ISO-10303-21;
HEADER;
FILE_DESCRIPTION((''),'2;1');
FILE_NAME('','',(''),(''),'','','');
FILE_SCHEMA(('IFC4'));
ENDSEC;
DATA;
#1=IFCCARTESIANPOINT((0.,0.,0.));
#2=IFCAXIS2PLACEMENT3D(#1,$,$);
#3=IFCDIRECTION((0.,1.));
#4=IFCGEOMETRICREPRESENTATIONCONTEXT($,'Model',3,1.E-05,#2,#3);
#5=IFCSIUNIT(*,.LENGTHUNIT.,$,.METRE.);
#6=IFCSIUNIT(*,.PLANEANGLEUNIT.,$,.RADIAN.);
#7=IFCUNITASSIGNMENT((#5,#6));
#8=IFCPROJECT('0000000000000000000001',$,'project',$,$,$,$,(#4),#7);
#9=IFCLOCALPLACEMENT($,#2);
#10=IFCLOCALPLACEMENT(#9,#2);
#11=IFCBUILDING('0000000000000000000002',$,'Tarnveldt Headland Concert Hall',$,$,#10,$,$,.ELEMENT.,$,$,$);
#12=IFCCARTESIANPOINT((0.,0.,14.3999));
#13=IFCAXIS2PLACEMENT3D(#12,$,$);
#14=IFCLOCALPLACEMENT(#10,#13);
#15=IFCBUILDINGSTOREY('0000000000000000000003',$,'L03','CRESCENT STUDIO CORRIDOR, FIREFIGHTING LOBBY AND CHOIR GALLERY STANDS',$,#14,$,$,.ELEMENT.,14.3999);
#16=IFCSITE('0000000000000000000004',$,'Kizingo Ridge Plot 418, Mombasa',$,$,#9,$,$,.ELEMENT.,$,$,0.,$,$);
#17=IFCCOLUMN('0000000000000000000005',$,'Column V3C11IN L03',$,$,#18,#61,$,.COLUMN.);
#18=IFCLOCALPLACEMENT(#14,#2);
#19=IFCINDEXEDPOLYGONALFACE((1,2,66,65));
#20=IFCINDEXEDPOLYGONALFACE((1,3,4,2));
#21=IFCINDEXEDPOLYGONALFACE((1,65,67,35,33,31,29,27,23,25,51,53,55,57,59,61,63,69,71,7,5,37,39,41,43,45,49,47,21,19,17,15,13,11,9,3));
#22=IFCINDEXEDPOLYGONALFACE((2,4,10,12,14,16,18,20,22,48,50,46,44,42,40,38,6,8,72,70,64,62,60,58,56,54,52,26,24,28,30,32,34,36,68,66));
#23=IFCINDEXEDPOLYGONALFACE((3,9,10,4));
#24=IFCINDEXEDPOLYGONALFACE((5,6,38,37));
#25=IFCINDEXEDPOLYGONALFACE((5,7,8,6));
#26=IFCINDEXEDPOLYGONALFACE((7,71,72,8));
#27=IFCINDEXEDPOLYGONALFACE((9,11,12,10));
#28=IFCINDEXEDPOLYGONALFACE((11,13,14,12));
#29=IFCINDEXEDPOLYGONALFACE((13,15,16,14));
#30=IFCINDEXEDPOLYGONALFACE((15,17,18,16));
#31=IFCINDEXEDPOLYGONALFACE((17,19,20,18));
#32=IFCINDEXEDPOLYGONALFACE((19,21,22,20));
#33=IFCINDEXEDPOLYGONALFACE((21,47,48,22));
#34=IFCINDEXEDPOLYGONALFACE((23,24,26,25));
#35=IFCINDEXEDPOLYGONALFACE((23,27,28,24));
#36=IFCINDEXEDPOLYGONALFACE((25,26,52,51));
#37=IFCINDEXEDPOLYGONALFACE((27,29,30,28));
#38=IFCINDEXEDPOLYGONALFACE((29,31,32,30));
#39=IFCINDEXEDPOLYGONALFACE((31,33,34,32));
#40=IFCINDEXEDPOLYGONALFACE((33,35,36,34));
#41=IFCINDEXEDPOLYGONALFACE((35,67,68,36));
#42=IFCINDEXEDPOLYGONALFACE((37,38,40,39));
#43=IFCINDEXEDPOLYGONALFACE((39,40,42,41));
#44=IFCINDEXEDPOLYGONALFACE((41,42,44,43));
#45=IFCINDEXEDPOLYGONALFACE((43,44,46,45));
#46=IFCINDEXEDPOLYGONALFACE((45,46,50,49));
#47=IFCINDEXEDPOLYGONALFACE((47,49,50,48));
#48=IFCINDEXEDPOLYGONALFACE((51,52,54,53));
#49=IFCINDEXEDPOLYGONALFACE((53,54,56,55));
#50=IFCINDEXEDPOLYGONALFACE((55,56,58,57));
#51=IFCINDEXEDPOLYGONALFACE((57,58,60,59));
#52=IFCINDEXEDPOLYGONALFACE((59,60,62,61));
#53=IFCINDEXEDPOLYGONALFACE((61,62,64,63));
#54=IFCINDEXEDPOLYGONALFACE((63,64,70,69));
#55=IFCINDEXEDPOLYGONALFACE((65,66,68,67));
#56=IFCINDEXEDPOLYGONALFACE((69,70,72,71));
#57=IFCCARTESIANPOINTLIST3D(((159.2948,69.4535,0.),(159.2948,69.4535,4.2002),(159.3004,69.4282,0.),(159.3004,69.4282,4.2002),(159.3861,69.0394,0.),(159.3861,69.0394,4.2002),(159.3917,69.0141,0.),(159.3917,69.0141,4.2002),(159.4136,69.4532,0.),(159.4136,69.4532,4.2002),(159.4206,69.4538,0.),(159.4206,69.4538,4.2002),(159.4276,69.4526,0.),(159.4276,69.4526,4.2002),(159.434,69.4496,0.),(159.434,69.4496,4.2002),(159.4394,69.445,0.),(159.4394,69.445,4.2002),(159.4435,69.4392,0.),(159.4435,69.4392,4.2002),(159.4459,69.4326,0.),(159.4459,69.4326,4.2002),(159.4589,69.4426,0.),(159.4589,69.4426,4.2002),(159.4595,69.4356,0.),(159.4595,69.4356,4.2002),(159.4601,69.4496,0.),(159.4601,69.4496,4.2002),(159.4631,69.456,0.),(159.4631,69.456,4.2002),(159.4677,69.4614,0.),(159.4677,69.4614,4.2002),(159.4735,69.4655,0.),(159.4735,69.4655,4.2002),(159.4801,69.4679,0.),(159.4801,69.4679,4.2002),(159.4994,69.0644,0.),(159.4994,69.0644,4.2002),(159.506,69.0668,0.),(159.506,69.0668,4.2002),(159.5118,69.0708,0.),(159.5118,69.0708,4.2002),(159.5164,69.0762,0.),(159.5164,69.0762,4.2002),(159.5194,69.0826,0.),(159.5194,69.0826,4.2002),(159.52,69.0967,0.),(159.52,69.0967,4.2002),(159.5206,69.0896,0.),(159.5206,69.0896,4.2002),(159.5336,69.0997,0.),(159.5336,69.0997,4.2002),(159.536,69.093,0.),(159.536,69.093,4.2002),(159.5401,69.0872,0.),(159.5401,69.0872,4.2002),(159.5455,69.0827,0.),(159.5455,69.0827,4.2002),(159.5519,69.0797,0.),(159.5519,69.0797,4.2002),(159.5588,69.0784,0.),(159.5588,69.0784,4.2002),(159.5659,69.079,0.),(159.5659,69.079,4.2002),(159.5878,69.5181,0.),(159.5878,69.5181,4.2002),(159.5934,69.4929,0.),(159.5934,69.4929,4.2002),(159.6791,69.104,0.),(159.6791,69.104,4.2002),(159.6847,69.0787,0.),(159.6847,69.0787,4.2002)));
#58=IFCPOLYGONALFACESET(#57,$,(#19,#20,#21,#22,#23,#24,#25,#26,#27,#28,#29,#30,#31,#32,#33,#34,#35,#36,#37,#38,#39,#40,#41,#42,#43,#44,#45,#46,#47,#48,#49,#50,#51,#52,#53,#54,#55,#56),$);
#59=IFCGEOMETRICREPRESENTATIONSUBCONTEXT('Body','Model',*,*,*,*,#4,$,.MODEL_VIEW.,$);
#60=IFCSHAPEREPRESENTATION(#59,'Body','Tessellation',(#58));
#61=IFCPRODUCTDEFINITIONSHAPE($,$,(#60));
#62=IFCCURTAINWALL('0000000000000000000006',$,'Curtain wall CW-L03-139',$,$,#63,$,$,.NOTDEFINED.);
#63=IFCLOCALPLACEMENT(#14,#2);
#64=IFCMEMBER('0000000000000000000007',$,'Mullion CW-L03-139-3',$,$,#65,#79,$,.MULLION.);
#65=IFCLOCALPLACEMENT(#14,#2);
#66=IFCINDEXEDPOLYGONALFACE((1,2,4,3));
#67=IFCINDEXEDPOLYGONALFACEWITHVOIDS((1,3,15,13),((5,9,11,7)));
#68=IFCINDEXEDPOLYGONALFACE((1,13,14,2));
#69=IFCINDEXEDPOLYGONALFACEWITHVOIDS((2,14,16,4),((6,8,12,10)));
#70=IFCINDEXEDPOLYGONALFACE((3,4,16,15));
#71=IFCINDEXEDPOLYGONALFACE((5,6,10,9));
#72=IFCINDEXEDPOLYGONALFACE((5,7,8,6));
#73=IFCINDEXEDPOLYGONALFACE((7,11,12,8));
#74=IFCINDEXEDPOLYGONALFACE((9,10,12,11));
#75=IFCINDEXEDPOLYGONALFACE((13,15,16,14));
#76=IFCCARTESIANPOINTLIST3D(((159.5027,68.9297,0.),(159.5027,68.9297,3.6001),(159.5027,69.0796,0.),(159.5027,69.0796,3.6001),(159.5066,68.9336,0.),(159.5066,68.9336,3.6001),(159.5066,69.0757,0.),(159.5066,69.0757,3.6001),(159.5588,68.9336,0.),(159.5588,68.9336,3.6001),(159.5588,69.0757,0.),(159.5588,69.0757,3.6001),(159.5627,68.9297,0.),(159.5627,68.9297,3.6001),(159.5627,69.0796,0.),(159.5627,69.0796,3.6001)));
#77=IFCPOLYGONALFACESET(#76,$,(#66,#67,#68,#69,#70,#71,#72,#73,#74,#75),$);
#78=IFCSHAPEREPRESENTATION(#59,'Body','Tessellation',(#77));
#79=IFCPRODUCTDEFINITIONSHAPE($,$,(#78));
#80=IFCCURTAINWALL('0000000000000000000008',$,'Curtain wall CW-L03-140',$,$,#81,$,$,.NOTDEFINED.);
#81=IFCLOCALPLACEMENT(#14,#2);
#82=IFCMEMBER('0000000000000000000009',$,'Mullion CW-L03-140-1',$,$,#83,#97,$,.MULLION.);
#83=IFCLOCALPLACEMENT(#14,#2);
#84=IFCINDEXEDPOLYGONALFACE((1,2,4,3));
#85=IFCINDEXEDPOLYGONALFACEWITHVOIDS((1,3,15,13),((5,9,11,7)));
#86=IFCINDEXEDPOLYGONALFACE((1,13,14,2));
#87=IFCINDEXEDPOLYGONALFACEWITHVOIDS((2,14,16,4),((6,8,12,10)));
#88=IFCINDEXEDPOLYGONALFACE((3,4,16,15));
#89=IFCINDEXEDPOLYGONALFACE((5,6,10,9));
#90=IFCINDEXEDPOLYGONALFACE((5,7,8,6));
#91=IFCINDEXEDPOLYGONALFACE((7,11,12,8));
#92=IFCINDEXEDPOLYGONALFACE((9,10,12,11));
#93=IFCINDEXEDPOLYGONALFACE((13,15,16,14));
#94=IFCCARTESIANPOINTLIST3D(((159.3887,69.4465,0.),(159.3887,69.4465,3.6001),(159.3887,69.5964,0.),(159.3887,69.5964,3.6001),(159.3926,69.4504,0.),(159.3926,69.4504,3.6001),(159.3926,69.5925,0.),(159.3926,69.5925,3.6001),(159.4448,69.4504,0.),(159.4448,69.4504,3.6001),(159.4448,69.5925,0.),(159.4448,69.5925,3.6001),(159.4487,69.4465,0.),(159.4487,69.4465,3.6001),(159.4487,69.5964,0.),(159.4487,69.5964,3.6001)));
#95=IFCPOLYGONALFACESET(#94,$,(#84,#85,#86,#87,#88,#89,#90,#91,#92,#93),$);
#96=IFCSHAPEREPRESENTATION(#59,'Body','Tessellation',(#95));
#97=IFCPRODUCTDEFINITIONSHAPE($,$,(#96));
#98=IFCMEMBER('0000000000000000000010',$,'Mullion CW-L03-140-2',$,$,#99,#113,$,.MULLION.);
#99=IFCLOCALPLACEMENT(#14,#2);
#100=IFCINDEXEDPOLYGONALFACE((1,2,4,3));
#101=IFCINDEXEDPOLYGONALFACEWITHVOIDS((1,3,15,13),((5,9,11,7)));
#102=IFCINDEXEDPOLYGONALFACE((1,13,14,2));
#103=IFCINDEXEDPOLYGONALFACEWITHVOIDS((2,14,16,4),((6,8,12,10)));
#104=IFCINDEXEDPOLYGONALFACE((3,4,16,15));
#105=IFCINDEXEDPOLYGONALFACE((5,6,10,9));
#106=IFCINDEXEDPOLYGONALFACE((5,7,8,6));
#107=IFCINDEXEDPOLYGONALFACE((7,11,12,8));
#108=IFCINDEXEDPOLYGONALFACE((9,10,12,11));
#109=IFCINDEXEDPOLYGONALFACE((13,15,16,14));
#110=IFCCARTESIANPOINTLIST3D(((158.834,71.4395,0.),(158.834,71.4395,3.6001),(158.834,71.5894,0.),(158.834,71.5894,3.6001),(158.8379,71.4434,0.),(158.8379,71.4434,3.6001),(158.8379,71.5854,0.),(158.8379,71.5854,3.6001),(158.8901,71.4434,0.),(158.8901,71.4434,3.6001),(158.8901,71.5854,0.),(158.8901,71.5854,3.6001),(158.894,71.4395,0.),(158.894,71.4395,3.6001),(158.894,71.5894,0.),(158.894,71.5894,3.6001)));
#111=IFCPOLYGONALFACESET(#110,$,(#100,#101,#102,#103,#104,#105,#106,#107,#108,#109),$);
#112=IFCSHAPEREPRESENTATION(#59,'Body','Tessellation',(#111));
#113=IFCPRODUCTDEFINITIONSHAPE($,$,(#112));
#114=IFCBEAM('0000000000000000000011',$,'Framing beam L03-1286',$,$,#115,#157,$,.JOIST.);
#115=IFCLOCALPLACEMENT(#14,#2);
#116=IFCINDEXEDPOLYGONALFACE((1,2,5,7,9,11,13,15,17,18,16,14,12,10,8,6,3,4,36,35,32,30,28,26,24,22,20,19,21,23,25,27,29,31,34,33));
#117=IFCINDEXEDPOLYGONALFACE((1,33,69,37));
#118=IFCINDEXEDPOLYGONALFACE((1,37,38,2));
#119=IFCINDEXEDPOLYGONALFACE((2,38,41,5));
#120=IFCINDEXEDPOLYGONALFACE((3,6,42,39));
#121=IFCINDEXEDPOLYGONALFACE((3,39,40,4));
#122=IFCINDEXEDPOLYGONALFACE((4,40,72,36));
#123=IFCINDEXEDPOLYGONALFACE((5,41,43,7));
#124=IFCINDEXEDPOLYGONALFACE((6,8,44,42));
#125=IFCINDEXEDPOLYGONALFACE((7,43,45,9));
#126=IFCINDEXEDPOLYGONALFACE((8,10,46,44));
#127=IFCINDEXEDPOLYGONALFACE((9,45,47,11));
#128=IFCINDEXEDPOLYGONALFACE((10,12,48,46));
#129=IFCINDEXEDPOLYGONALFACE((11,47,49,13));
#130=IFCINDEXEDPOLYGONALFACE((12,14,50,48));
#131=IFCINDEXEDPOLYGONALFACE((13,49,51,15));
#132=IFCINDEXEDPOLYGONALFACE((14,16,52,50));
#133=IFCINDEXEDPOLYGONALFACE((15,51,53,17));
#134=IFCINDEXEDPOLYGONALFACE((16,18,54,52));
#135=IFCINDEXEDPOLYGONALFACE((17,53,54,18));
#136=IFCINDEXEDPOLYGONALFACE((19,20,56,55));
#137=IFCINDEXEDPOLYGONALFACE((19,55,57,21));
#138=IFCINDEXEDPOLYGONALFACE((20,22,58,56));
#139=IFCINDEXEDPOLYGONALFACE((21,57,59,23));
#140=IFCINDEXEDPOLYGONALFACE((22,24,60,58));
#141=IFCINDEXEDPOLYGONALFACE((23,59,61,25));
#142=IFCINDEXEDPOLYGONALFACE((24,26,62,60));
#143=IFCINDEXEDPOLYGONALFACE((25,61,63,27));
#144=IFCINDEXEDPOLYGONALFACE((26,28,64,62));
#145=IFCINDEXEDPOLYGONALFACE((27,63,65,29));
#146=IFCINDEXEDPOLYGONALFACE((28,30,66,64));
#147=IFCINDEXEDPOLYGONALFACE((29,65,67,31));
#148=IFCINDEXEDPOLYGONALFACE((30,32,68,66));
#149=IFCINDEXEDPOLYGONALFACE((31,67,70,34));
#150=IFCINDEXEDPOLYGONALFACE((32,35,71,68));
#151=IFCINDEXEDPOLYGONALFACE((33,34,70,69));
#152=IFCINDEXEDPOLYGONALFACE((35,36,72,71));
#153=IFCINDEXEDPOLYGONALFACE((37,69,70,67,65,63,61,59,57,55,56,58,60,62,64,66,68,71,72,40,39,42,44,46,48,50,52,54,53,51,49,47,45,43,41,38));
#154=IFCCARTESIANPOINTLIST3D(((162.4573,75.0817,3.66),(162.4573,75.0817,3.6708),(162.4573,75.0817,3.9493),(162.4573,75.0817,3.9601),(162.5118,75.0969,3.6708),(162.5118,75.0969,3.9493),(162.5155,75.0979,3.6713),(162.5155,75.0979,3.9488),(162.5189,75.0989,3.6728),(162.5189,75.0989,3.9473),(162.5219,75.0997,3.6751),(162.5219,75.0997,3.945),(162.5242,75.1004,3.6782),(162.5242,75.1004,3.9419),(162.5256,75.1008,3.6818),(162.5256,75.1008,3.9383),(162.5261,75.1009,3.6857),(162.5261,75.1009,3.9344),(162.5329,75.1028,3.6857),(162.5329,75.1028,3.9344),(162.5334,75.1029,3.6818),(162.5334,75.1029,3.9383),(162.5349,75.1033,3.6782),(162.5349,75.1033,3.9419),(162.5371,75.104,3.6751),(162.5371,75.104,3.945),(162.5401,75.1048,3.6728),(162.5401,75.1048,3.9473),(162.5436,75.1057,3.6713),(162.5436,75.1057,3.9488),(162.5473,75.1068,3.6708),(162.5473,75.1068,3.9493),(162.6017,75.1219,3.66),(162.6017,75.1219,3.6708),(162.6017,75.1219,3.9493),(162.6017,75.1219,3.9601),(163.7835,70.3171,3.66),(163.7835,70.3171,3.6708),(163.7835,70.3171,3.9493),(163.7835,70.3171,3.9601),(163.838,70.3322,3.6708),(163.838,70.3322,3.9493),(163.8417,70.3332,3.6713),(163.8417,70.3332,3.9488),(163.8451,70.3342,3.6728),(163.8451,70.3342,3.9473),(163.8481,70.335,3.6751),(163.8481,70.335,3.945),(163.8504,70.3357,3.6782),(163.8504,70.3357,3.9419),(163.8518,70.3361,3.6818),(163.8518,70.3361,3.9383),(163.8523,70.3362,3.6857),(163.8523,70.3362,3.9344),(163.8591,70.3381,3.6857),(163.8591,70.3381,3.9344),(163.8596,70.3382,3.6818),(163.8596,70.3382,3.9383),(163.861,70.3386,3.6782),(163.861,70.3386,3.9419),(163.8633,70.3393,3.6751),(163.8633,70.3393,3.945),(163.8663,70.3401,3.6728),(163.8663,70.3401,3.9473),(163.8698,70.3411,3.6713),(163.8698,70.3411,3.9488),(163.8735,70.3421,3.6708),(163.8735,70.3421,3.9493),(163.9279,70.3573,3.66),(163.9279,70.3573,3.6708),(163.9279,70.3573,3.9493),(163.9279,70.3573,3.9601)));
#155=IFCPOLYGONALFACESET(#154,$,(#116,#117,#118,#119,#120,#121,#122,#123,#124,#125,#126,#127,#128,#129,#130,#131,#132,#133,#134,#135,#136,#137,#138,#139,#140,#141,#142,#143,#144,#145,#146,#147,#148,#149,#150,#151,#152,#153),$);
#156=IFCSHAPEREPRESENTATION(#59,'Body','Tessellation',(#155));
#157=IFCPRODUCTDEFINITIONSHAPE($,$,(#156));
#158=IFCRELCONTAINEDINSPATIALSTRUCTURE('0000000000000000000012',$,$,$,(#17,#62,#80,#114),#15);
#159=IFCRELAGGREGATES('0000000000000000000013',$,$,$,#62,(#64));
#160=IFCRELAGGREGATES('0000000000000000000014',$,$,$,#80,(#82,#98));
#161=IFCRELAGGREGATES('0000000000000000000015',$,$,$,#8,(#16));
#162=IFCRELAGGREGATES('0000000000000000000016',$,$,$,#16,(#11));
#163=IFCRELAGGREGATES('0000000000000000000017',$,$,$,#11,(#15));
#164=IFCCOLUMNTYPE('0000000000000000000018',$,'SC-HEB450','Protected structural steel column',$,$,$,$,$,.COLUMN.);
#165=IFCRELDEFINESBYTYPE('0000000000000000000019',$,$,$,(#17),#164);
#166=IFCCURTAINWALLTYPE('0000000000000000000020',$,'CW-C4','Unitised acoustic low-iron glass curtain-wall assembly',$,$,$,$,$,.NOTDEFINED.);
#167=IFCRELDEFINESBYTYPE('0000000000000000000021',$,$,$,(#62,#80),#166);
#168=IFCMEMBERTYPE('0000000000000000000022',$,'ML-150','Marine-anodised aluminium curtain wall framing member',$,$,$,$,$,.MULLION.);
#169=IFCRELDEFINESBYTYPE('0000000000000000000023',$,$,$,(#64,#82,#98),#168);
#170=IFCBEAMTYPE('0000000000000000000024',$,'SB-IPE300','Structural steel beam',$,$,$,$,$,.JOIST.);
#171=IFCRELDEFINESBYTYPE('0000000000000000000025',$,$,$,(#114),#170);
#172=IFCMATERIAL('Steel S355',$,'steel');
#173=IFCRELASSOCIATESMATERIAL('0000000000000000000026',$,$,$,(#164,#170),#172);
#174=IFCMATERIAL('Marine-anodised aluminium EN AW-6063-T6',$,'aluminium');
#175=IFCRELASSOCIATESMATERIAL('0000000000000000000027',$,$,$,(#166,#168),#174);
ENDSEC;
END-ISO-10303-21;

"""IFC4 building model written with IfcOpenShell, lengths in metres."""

from ifc_helpers import new_model, si_unit, direction, frame, origin, origin_2d, place, context, subcontext, project, spatial, hollow_rectangle, i_section, extrude, material, material_profile, profile_set, type_object, element, aggregate, save


model = new_model("IFC4")

# Units and contexts
model_context = context("Model", 3, precision=1e-05, world=origin(), true_north=direction((0.0, 1.0)))
body_context = subcontext(model_context, "Body", "Model", "MODEL_VIEW")
ifc_project = project(units=[si_unit("LENGTHUNIT", "METRE"), si_unit("PLANEANGLEUNIT", "RADIAN")], contexts=[model_context])

# Site, building, storey
site_placement = place(None, origin())
site = spatial("IfcSite", under=ifc_project, at=site_placement, Name="Kizingo Ridge Plot 418, Mombasa", CompositionType="ELEMENT", RefElevation=0.0)
building_placement = place(site_placement, origin())
building = spatial("IfcBuilding", under=site, at=building_placement, Name="Tarnveldt Headland Concert Hall", CompositionType="ELEMENT")
storey_placement = place(building_placement, frame((0.0, 0.0, 14.3999)))
storey = spatial("IfcBuildingStorey", under=building, at=storey_placement, Name="L03", Description="CRESCENT STUDIO CORRIDOR, FIREFIGHTING LOBBY AND CHOIR GALLERY STANDS", CompositionType="ELEMENT", Elevation=14.3999)

# Column
ifc_material_1 = material(Name="Steel S355", Category="steel")
ifc_material_profile_1 = material_profile(ifc_material_1, i_section(OverallWidth=0.3, OverallDepth=0.45, WebThickness=0.0139, FlangeThickness=0.0259, FilletRadius=0.0271, at=origin_2d()), Name="HEB450", Category="steel")
ifc_profile_set_1 = profile_set([ifc_material_profile_1], Name="Steel S355")
column_type = type_object("IfcColumnType", Name="SC-HEB450", Description="Protected structural steel column", PredefinedType="COLUMN", material=ifc_profile_set_1)
column_placement = place(storey_placement, frame((159.4897, 69.2661, 0.0), z_axis=(0.0, 0.0, 1.0), x_axis=(0.976522, 0.215417, 0.0)))
element("IfcColumn", 1, at=column_placement, inside=storey, type_object=column_type, Name="Column V3C11IN L03", PredefinedType="COLUMN", context=body_context, shape_type="SweptSolid", body=[
    extrude(i_section(OverallWidth=0.3, OverallDepth=0.45, WebThickness=0.0139, FlangeThickness=0.0259, FilletRadius=0.0271, at=origin_2d()), origin(), (0.0, 0.0, 1.0), 4.2002),
])

# Curtain wall, member
ifc_material_2 = material(Name="Marine-anodised aluminium EN AW-6063-T6", Category="aluminium")
curtain_wall_type = type_object("IfcCurtainWallType", Name="CW-C4", Description="Unitised acoustic low-iron glass curtain-wall assembly", PredefinedType="NOTDEFINED", material=ifc_material_2)
curtain_wall_1_placement = place(storey_placement, origin())
curtain_wall_1 = element("IfcCurtainWall", 2, at=curtain_wall_1_placement, inside=storey, type_object=curtain_wall_type, Name="Curtain wall CW-L03-139", PredefinedType="NOTDEFINED")
ifc_material_profile_2 = material_profile(ifc_material_2, hollow_rectangle(XDim=0.0601, YDim=0.1499, WallThickness=0.0039, at=origin_2d()), Name="ALU MULLION 60x150x4", Category="aluminium")
ifc_profile_set_2 = profile_set([ifc_material_profile_2], Name="Marine-anodised aluminium EN AW-6063-T6")
member_type_1 = type_object("IfcMemberType", Name="ML-150", Description="Marine-anodised aluminium curtain wall framing member", PredefinedType="MULLION", material=ifc_profile_set_2)
member_1_placement = place(storey_placement, frame((159.5327, 69.0046, 0.0), z_axis=(0.0, 0.0, 1.0), x_axis=(1.0, 0.0, 0.0)))
member_1 = element("IfcMember", 3, at=member_1_placement, type_object=member_type_1, Name="Mullion CW-L03-139-3", PredefinedType="MULLION", context=body_context, shape_type="SweptSolid", body=[
    extrude(hollow_rectangle(XDim=0.0601, YDim=0.1499, WallThickness=0.0039, at=origin_2d()), origin(), (0.0, 0.0, 1.0), 3.6001),
])
aggregate(curtain_wall_1, [member_1])

# Curtain wall, members
curtain_wall_2_placement = place(storey_placement, origin())
curtain_wall_2 = element("IfcCurtainWall", 4, at=curtain_wall_2_placement, inside=storey, type_object=curtain_wall_type, Name="Curtain wall CW-L03-140", PredefinedType="NOTDEFINED")
member_2_placement = place(storey_placement, frame((159.4187, 69.5215, 0.0), z_axis=(0.0, 0.0, 1.0), x_axis=(1.0, 0.0, 0.0)))
member_2 = element("IfcMember", 5, at=member_2_placement, type_object=member_type_1, Name="Mullion CW-L03-140-1", PredefinedType="MULLION", context=body_context, shape_type="SweptSolid", body=[
    extrude(hollow_rectangle(XDim=0.0601, YDim=0.1499, WallThickness=0.0039, at=origin_2d()), origin(), (0.0, 0.0, 1.0), 3.6001),
])
member_3_placement = place(storey_placement, frame((158.864, 71.5144, 0.0), z_axis=(0.0, 0.0, 1.0), x_axis=(1.0, 0.0, 0.0)))
member_3 = element("IfcMember", 6, at=member_3_placement, type_object=member_type_1, Name="Mullion CW-L03-140-2", PredefinedType="MULLION", context=body_context, shape_type="SweptSolid", body=[
    extrude(hollow_rectangle(XDim=0.0601, YDim=0.1499, WallThickness=0.0039, at=origin_2d()), origin(), (0.0, 0.0, 1.0), 3.6001),
])

# Beam
ifc_material_profile_3 = material_profile(ifc_material_1, i_section(OverallWidth=0.1499, OverallDepth=0.3, WebThickness=0.0071, FlangeThickness=0.0107, FilletRadius=0.0149, at=origin_2d()), Name="IPE300", Category="steel")
ifc_profile_set_3 = profile_set([ifc_material_profile_3], Name="Steel S355")
beam_type_1 = type_object("IfcBeamType", Name="SB-IPE300", Description="Structural steel beam", PredefinedType="JOIST", material=ifc_profile_set_3)
beam_1_placement = place(storey_placement, frame((163.8557, 70.3372, 3.8101), z_axis=(-0.268143, 0.963379, 0.0), x_axis=(-0.963379, -0.268143, 0.0)))
element("IfcBeam", 7, at=beam_1_placement, inside=storey, type_object=beam_type_1, Name="Framing beam L03-1286", PredefinedType="JOIST", context=body_context, shape_type="SweptSolid", body=[
    extrude(i_section(OverallWidth=0.1499, OverallDepth=0.3, WebThickness=0.0071, FlangeThickness=0.0107, FilletRadius=0.0149, at=origin_2d()), origin(), (0.0, 0.0, 1.0), 4.9458),
])

aggregate(curtain_wall_2, [member_2, member_3])

save(model, "model.ifc")
